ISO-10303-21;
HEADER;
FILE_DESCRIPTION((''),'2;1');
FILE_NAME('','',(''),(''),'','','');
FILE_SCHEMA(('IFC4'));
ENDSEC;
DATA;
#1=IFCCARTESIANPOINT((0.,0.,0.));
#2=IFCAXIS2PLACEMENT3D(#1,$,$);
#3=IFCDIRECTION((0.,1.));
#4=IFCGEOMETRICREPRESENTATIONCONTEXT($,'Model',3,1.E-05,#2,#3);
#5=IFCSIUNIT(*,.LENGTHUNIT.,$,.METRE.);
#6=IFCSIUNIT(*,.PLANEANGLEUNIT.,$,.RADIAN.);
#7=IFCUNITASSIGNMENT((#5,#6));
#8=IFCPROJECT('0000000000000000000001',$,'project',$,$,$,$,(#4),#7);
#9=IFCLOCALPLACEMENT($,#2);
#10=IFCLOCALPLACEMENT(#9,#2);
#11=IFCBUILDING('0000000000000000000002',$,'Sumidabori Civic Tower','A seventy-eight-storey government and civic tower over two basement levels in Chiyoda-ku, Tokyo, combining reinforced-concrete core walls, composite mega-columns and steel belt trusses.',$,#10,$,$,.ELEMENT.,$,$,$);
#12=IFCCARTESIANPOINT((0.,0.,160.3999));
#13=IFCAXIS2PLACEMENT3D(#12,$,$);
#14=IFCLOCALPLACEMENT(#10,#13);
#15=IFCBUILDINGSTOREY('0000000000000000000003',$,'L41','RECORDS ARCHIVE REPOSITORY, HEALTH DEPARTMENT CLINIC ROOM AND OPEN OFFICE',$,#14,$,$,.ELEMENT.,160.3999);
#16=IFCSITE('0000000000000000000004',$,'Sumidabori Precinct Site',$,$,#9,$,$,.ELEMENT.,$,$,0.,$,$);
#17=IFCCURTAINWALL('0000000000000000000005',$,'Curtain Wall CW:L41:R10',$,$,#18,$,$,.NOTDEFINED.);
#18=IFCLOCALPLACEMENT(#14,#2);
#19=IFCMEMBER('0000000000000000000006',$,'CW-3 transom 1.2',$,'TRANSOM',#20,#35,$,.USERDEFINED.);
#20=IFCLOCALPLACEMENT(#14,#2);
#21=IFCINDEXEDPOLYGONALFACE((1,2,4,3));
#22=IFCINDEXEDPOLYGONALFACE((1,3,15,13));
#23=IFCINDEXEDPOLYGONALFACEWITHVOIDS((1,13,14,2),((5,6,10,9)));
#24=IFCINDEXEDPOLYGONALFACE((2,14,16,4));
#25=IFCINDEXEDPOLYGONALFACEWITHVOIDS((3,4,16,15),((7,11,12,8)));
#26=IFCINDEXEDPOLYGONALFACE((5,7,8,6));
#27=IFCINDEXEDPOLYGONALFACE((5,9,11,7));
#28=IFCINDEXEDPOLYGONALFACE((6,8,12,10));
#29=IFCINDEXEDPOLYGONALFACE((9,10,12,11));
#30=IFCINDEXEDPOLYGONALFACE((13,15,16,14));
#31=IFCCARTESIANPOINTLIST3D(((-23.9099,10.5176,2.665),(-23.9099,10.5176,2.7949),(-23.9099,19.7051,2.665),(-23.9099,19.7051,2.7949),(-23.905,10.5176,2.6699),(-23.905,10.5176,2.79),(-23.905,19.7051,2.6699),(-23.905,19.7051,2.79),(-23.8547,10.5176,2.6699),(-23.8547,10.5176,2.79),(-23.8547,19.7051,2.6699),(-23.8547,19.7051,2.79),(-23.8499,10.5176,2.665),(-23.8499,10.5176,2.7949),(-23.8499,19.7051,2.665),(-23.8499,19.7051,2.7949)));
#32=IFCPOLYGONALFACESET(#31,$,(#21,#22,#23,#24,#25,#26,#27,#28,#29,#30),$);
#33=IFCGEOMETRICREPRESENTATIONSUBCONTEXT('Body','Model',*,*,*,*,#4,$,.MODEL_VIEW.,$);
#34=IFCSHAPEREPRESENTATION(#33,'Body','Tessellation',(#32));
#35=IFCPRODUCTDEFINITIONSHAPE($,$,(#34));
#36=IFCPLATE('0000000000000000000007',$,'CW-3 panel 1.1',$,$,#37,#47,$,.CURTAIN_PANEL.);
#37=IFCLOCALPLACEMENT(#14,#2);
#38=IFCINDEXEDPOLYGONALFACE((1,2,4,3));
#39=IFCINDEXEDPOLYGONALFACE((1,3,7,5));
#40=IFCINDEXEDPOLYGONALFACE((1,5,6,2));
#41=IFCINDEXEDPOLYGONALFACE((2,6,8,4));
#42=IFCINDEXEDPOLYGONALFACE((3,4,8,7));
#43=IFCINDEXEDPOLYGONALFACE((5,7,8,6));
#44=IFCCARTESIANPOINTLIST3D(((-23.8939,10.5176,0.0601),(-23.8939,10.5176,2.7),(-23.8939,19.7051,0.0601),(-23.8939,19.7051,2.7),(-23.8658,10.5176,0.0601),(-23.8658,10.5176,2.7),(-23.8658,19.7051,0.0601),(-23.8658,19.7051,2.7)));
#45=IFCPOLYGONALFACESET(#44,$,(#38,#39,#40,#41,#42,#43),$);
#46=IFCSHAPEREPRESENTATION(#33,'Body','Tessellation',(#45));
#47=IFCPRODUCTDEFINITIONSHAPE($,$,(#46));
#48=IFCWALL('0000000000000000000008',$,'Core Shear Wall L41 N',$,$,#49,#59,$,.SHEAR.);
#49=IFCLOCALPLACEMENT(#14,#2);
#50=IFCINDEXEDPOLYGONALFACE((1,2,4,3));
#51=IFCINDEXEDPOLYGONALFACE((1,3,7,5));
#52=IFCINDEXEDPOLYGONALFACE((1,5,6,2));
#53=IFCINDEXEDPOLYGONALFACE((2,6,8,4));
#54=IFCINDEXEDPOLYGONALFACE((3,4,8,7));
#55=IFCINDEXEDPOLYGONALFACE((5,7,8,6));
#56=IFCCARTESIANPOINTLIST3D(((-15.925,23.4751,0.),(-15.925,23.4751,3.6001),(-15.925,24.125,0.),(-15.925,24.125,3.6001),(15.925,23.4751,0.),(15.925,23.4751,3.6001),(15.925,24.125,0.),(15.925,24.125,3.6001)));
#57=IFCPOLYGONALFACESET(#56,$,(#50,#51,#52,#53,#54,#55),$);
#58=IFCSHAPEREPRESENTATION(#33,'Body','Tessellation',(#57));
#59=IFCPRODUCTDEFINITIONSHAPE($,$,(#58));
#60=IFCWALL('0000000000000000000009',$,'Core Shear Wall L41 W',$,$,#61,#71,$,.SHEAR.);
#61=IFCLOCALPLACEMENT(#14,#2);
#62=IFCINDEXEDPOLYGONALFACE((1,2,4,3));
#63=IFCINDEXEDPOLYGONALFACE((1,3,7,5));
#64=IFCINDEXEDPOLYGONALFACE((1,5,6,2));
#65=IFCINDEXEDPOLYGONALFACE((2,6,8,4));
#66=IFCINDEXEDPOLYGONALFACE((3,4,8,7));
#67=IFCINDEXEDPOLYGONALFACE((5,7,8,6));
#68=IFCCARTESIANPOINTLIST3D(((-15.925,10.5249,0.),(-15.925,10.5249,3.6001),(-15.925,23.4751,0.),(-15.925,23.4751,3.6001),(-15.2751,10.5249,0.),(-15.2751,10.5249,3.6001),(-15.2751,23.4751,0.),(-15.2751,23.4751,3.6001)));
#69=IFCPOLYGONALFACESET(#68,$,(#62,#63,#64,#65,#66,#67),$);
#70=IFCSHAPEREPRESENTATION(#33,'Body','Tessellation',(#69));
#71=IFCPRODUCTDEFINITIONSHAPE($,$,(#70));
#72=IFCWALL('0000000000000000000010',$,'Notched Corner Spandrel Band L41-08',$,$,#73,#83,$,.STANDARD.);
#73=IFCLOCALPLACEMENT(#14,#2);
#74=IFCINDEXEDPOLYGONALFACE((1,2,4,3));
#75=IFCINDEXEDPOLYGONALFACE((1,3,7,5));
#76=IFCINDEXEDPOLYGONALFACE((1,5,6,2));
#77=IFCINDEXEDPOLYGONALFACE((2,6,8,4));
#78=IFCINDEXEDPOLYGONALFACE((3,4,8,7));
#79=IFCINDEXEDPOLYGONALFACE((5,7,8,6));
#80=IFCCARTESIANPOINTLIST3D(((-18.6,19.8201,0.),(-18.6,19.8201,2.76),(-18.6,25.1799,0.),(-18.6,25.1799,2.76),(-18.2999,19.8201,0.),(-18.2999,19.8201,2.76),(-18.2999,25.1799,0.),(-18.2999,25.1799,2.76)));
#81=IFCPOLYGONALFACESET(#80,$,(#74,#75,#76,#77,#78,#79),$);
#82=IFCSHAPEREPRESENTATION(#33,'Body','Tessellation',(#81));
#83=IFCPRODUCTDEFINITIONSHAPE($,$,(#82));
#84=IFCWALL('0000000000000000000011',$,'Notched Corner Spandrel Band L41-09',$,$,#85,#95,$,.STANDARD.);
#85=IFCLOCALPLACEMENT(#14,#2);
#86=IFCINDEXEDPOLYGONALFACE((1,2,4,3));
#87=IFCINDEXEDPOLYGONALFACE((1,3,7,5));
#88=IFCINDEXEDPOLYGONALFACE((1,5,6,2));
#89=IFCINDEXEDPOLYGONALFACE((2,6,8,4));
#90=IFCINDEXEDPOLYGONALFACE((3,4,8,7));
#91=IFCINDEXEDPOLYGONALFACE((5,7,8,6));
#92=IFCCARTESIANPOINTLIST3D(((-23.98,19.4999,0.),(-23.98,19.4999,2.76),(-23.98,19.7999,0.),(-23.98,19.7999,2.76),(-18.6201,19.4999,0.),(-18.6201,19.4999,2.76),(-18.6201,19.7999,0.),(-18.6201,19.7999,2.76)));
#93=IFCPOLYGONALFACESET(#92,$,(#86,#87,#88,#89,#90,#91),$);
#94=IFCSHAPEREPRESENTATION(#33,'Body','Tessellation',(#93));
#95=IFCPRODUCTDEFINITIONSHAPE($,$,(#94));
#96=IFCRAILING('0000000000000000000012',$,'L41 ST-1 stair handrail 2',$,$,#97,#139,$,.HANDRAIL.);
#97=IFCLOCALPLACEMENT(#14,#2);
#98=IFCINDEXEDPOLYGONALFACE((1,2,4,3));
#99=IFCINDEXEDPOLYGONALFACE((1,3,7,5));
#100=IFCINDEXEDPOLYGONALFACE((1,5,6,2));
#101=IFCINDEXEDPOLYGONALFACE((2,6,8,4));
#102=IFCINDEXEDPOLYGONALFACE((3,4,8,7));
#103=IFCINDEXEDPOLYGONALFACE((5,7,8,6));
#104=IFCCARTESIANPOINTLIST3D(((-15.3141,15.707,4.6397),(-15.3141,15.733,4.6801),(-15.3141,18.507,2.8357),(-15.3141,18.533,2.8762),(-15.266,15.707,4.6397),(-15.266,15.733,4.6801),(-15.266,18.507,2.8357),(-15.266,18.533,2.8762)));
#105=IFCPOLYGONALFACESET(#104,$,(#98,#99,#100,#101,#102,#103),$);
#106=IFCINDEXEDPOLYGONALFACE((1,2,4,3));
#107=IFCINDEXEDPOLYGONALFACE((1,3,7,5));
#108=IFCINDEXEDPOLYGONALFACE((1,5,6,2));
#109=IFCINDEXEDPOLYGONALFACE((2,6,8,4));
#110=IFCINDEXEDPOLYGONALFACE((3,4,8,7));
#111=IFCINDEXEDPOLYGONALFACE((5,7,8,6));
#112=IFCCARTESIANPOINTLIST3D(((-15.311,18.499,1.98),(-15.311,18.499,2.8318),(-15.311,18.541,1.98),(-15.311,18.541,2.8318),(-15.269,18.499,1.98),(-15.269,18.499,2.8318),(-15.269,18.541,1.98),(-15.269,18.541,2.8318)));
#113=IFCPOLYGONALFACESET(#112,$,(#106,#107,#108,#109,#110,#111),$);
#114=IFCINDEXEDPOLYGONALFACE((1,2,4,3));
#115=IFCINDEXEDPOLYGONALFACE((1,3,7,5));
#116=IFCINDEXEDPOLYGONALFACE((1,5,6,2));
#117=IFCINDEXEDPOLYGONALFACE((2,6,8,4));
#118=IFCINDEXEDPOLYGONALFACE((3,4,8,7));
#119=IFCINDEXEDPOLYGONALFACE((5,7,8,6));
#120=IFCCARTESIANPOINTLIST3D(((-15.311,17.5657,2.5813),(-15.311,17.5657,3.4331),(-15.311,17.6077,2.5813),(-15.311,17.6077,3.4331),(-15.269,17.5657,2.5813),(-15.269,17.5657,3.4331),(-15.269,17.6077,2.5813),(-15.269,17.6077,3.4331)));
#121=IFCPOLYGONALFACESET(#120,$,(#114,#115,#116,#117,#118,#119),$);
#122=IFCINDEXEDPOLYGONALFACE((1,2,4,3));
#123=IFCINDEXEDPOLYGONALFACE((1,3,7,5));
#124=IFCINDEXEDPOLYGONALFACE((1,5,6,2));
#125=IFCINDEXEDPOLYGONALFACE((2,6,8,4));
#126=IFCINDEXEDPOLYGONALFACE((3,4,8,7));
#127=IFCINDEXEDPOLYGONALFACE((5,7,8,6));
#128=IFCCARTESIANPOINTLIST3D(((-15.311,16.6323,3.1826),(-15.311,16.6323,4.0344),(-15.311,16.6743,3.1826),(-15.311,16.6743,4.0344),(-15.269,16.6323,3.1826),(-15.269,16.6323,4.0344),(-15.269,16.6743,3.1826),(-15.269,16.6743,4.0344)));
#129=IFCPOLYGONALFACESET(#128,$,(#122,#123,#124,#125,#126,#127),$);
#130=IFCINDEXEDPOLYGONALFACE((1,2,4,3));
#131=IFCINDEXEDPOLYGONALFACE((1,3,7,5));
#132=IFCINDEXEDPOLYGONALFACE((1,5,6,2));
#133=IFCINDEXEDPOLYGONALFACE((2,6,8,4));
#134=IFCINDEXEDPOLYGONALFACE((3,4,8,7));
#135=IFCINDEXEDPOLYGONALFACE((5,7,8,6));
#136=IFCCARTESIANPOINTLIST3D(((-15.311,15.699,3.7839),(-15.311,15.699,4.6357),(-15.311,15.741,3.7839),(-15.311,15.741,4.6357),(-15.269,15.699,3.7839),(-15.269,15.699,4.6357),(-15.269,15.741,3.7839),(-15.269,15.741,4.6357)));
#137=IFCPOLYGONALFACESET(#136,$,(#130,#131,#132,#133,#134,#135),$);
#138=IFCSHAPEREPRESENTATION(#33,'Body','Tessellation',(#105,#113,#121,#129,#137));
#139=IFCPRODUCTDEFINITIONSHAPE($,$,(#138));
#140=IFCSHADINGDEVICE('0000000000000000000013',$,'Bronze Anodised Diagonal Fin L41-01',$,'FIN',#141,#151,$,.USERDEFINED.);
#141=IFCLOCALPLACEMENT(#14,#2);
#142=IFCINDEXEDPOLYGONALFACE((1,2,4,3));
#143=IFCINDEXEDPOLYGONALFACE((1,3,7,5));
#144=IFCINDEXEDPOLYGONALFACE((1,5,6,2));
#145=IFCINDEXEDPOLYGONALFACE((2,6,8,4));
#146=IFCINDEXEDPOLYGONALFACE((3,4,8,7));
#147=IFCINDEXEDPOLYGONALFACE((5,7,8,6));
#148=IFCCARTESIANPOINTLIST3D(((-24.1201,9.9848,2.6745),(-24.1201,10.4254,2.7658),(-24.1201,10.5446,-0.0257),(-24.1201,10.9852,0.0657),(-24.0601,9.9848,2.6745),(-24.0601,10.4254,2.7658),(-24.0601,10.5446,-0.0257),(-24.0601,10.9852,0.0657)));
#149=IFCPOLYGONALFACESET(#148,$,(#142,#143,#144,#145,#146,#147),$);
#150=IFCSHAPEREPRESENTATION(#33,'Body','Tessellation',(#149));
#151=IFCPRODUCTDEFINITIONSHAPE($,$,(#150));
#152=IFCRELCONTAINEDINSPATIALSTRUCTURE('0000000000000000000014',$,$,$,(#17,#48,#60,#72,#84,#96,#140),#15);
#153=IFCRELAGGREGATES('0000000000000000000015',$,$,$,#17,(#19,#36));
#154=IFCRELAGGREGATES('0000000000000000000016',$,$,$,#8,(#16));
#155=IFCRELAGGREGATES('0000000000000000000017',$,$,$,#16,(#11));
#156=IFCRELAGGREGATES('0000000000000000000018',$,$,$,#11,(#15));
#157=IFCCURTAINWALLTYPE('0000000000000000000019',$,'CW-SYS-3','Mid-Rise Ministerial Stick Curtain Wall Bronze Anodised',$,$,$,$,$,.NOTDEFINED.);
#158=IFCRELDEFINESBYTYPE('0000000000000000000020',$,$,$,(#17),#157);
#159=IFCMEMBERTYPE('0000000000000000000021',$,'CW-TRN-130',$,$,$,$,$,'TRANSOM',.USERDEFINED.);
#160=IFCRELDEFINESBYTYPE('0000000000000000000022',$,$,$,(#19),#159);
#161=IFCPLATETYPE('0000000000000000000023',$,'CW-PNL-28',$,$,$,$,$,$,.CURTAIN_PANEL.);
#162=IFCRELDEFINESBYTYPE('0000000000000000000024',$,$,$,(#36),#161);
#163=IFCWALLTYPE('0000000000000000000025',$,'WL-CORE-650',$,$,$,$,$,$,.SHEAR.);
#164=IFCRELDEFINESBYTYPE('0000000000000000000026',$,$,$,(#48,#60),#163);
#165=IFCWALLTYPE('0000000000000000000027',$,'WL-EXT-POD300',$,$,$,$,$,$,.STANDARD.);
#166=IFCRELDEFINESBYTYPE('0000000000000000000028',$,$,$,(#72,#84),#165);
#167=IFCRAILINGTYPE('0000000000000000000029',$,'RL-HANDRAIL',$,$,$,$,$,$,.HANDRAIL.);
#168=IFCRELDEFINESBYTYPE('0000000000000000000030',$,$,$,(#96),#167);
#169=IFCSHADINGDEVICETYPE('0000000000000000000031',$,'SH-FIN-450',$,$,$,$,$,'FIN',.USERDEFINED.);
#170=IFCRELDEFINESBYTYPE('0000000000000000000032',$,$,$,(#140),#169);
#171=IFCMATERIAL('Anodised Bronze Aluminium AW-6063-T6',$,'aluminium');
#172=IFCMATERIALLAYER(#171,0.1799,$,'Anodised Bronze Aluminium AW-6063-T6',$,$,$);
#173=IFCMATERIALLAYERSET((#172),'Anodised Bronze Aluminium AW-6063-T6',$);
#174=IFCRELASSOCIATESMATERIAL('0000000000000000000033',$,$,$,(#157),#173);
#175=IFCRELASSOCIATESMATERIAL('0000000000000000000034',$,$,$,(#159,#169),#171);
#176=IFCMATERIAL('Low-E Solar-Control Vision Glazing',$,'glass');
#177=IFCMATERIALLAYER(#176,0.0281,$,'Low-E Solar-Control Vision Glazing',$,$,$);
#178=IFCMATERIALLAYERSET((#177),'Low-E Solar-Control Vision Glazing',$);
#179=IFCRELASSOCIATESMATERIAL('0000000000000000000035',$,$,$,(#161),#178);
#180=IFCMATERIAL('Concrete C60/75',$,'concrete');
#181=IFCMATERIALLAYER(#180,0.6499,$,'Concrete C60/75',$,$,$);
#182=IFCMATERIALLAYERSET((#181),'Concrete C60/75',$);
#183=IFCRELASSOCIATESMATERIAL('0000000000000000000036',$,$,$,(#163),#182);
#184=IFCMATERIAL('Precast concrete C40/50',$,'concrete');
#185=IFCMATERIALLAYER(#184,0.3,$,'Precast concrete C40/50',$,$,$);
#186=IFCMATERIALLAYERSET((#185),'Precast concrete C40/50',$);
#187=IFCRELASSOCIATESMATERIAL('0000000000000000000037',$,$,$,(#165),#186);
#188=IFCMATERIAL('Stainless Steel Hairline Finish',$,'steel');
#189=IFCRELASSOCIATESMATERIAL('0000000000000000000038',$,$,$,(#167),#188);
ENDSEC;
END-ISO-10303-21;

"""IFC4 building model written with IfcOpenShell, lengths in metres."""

from ifc_helpers import new_model, si_unit, direction, frame, frame_2d, origin, origin_2d, place, context, subcontext, project, spatial, rectangle, hollow_rectangle, extrude, source, transform, mapped, material, layer, layer_set, material_profile, profile_set, type_object, element, aggregate, save


model = new_model("IFC4")

# Units and contexts
model_context = context("Model", 3, precision=1e-05, world=origin(), true_north=direction((0.0, 1.0)))
body_context = subcontext(model_context, "Body", "Model", "MODEL_VIEW")
ifc_project = project(units=[si_unit("LENGTHUNIT", "METRE"), si_unit("PLANEANGLEUNIT", "RADIAN")], contexts=[model_context])

# Site, building, storey
site_placement = place(None, origin())
site = spatial("IfcSite", under=ifc_project, at=site_placement, Name="Sumidabori Precinct Site", CompositionType="ELEMENT", RefElevation=0.0)
building_placement = place(site_placement, origin())
building = spatial("IfcBuilding", under=site, at=building_placement, Name="Sumidabori Civic Tower", Description="A seventy-eight-storey government and civic tower over two basement levels in Chiyoda-ku, Tokyo, combining reinforced-concrete core walls, composite mega-columns and steel belt trusses.", CompositionType="ELEMENT")
storey_placement = place(building_placement, frame((0.0, 0.0, 160.3999)))
storey = spatial("IfcBuildingStorey", under=building, at=storey_placement, Name="L41", Description="RECORDS ARCHIVE REPOSITORY, HEALTH DEPARTMENT CLINIC ROOM AND OPEN OFFICE", CompositionType="ELEMENT", Elevation=160.3999)

# Shared definitions
ifc_material_1 = material(Name="Concrete C60/75", Category="concrete")

# Shared definitions
ifc_material_2 = material(Name="Anodised Bronze Aluminium AW-6063-T6", Category="aluminium")
ifc_layer_1 = layer(ifc_material_2, 0.1799, Name="Anodised Bronze Aluminium AW-6063-T6")
ifc_layer_set_1 = layer_set([ifc_layer_1], Name="Anodised Bronze Aluminium AW-6063-T6")
curtain_wall_type = type_object("IfcCurtainWallType", Name="CW-SYS-3", Description="Mid-Rise Ministerial Stick Curtain Wall Bronze Anodised", PredefinedType="NOTDEFINED", material=ifc_layer_set_1)

# Curtain wall, member, plate
curtain_wall_1_placement = place(storey_placement, origin())
curtain_wall_1 = element("IfcCurtainWall", 1, at=curtain_wall_1_placement, inside=storey, type_object=curtain_wall_type, Name="Curtain Wall CW:L41:R10", PredefinedType="NOTDEFINED")
ifc_material_profile_1 = material_profile(ifc_material_2, hollow_rectangle(XDim=0.0601, YDim=0.1299, WallThickness=0.0049, at=origin_2d()), Name="ALU TRANSOM 130x60")
ifc_profile_set_1 = profile_set([ifc_material_profile_1], Name="Anodised Bronze Aluminium AW-6063-T6")
member_type_1 = type_object("IfcMemberType", Name="CW-TRN-130", ElementType="TRANSOM", PredefinedType="USERDEFINED", material=ifc_profile_set_1)
shared_shape_1 = source(origin(), body_context, "Body", "SweptSolid", [
    extrude(hollow_rectangle(XDim=0.0601, YDim=0.1299, WallThickness=0.0049, at=origin_2d()), origin(), (0.0, 0.0, 1.0), 9.1875),
])
member_1_placement = place(storey_placement, frame((-23.8799, 19.7051, 2.73), z_axis=(0.0, -1.0, 0.0), x_axis=(1.0, 0.0, 0.0)))
member_1 = element("IfcMember", 2, at=member_1_placement, type_object=member_type_1, Name="CW-3 transom 1.2", ObjectType="TRANSOM", PredefinedType="USERDEFINED", context=body_context, shape_type="MappedRepresentation", body=[
    mapped(shared_shape_1, transform((0.0, 0.0, 0.0), x_axis=(1.0, 0.0, 0.0), y_axis=(0.0, 1.0, 0.0), z_axis=(0.0, 0.0, 1.0), scale=1.0)),
])
ifc_material_3 = material(Name="Low-E Solar-Control Vision Glazing", Category="glass")
ifc_layer_2 = layer(ifc_material_3, 0.0281, Name="Low-E Solar-Control Vision Glazing")
ifc_layer_set_2 = layer_set([ifc_layer_2], Name="Low-E Solar-Control Vision Glazing")
plate_type = type_object("IfcPlateType", Name="CW-PNL-28", PredefinedType="CURTAIN_PANEL", material=ifc_layer_set_2)
shared_shape_2 = source(origin(), body_context, "Body", "SweptSolid", [
    extrude(rectangle(XDim=9.1875, YDim=0.0281, at=origin_2d()), origin(), (0.0, 0.0, 1.0), 2.6399),
])
plate_placement = place(storey_placement, frame((-23.8799, 15.1113, 0.0601), z_axis=(0.0, 0.0, 1.0), x_axis=(0.0, -1.0, 0.0)))
plate = element("IfcPlate", 3, at=plate_placement, type_object=plate_type, Name="CW-3 panel 1.1", PredefinedType="CURTAIN_PANEL", context=body_context, shape_type="MappedRepresentation", body=[
    mapped(shared_shape_2, transform((0.0, 0.0, 0.0), x_axis=(1.0, 0.0, 0.0), y_axis=(0.0, 1.0, 0.0), z_axis=(0.0, 0.0, 1.0), scale=1.0)),
])
aggregate(curtain_wall_1, [member_1, plate])

# Walls
ifc_layer_3 = layer(ifc_material_1, 0.6499, Name="Concrete C60/75")
ifc_layer_set_3 = layer_set([ifc_layer_3], Name="Concrete C60/75")
wall_type_1 = type_object("IfcWallType", Name="WL-CORE-650", PredefinedType="SHEAR", material=ifc_layer_set_3)
shared_shape_3 = source(origin(), body_context, "Body", "SweptSolid", [
    extrude(rectangle(XDim=31.8501, YDim=0.6499, at=frame_2d((15.925, 0.0))), origin(), (0.0, 0.0, 1.0), 3.6001),
])
wall_1_placement = place(storey_placement, frame((-15.925, 23.8, 0.0), z_axis=(0.0, 0.0, 1.0), x_axis=(1.0, 0.0, 0.0)))
element("IfcWall", 4, at=wall_1_placement, inside=storey, type_object=wall_type_1, Name="Core Shear Wall L41 N", PredefinedType="SHEAR", context=body_context, shape_type="MappedRepresentation", body=[
    mapped(shared_shape_3, transform((0.0, 0.0, 0.0), x_axis=(1.0, 0.0, 0.0), y_axis=(0.0, 1.0, 0.0), z_axis=(0.0, 0.0, 1.0), scale=1.0)),
])
shared_shape_4 = source(origin(), body_context, "Body", "SweptSolid", [
    extrude(rectangle(XDim=12.9502, YDim=0.6499, at=frame_2d((6.4751, 0.0))), origin(), (0.0, 0.0, 1.0), 3.6001),
])
wall_2_placement = place(storey_placement, frame((-15.6001, 10.5249, 0.0), z_axis=(0.0, 0.0, 1.0), x_axis=(0.0, 1.0, 0.0)))
element("IfcWall", 5, at=wall_2_placement, inside=storey, type_object=wall_type_1, Name="Core Shear Wall L41 W", PredefinedType="SHEAR", context=body_context, shape_type="MappedRepresentation", body=[
    mapped(shared_shape_4, transform((0.0, 0.0, 0.0), x_axis=(1.0, 0.0, 0.0), y_axis=(0.0, 1.0, 0.0), z_axis=(0.0, 0.0, 1.0), scale=1.0)),
])
ifc_material_4 = material(Name="Precast concrete C40/50", Category="concrete")
ifc_layer_4 = layer(ifc_material_4, 0.3, Name="Precast concrete C40/50")
ifc_layer_set_4 = layer_set([ifc_layer_4], Name="Precast concrete C40/50")
wall_type_2 = type_object("IfcWallType", Name="WL-EXT-POD300", PredefinedType="STANDARD", material=ifc_layer_set_4)
shared_shape_5 = source(origin(), body_context, "Body", "SweptSolid", [
    extrude(rectangle(XDim=5.3599, YDim=0.3, at=frame_2d((2.6799, 0.0))), origin(), (0.0, 0.0, 1.0), 2.76),
])
for number, where, z_axis, x_axis, name in (
    (6, (-18.45, 25.1799, 0.0), (0.0, 0.0, 1.0), (0.0, -1.0, 0.0), "Notched Corner Spandrel Band L41-08"),
    (7, (-18.6201, 19.6499, 0.0), (0.0, 0.0, 1.0), (-1.0, 0.0, 0.0), "Notched Corner Spandrel Band L41-09"),
):
    element("IfcWall", number, at=place(storey_placement, frame(where, z_axis=z_axis, x_axis=x_axis)), inside=storey, type_object=wall_type_2, Name=name, PredefinedType="STANDARD", context=body_context, shape_type="MappedRepresentation", body=[
        mapped(shared_shape_5, transform((0.0, 0.0, 0.0), x_axis=(1.0, 0.0, 0.0), y_axis=(0.0, 1.0, 0.0), z_axis=(0.0, 0.0, 1.0), scale=1.0)),
    ])

# Railing
ifc_material_5 = material(Name="Stainless Steel Hairline Finish", Category="steel")
railing_type = type_object("IfcRailingType", Name="RL-HANDRAIL", PredefinedType="HANDRAIL", material=ifc_material_5)
railing_placement = place(storey_placement, frame((-15.29, 18.52, 1.98)))
element("IfcRailing", 8, at=railing_placement, inside=storey, type_object=railing_type, Name="L41 ST-1 stair handrail 2", PredefinedType="HANDRAIL", context=body_context, shape_type="SweptSolid", body=[
    extrude(rectangle(XDim=0.0481, YDim=0.0481, at=origin_2d()), frame((0.0, 0.0, 0.876), z_axis=(0.0, -0.840642, 0.541591), x_axis=(1.0, 0.0, 0.0)), (0.0, 0.0, 1.0), 3.3308),
    extrude(rectangle(XDim=0.042, YDim=0.042, at=origin_2d()), origin(), (0.0, 0.0, 1.0), 0.8518),
    extrude(rectangle(XDim=0.042, YDim=0.042, at=origin_2d()), frame((0.0, -0.9333, 0.6013)), (0.0, 0.0, 1.0), 0.8518),
    extrude(rectangle(XDim=0.042, YDim=0.042, at=origin_2d()), frame((0.0, -1.8667, 1.2026)), (0.0, 0.0, 1.0), 0.8518),
    extrude(rectangle(XDim=0.042, YDim=0.042, at=origin_2d()), frame((0.0, -2.8, 1.804)), (0.0, 0.0, 1.0), 0.8518),
])

# Shading device
ifc_material_profile_2 = material_profile(ifc_material_2, rectangle(XDim=0.0601, YDim=0.45, at=origin_2d()), Name="BRONZE FIN 450x60")
ifc_profile_set_2 = profile_set([ifc_material_profile_2], Name="Anodised Bronze Aluminium AW-6063-T6")
shading_device_type = type_object("IfcShadingDeviceType", Name="SH-FIN-450", ElementType="FIN", PredefinedType="USERDEFINED", material=ifc_profile_set_2)
shared_shape_6 = source(origin(), body_context, "Body", "SweptSolid", [
    extrude(rectangle(XDim=0.0601, YDim=0.45, at=origin_2d()), origin(), (0.0, 0.0, 1.0), 2.7576),
])
shading_device_placement = place(storey_placement, frame((-24.0901, 10.7649, 0.02), z_axis=(0.0, -0.203007, 0.979177), x_axis=(-1.0, 0.0, 0.0)))
element("IfcShadingDevice", 9, at=shading_device_placement, inside=storey, type_object=shading_device_type, Name="Bronze Anodised Diagonal Fin L41-01", ObjectType="FIN", PredefinedType="USERDEFINED", context=body_context, shape_type="MappedRepresentation", body=[
    mapped(shared_shape_6, transform((0.0, 0.0, 0.0), x_axis=(1.0, 0.0, 0.0), y_axis=(0.0, 1.0, 0.0), z_axis=(0.0, 0.0, 1.0), scale=1.0)),
])

save(model, "model.ifc")
